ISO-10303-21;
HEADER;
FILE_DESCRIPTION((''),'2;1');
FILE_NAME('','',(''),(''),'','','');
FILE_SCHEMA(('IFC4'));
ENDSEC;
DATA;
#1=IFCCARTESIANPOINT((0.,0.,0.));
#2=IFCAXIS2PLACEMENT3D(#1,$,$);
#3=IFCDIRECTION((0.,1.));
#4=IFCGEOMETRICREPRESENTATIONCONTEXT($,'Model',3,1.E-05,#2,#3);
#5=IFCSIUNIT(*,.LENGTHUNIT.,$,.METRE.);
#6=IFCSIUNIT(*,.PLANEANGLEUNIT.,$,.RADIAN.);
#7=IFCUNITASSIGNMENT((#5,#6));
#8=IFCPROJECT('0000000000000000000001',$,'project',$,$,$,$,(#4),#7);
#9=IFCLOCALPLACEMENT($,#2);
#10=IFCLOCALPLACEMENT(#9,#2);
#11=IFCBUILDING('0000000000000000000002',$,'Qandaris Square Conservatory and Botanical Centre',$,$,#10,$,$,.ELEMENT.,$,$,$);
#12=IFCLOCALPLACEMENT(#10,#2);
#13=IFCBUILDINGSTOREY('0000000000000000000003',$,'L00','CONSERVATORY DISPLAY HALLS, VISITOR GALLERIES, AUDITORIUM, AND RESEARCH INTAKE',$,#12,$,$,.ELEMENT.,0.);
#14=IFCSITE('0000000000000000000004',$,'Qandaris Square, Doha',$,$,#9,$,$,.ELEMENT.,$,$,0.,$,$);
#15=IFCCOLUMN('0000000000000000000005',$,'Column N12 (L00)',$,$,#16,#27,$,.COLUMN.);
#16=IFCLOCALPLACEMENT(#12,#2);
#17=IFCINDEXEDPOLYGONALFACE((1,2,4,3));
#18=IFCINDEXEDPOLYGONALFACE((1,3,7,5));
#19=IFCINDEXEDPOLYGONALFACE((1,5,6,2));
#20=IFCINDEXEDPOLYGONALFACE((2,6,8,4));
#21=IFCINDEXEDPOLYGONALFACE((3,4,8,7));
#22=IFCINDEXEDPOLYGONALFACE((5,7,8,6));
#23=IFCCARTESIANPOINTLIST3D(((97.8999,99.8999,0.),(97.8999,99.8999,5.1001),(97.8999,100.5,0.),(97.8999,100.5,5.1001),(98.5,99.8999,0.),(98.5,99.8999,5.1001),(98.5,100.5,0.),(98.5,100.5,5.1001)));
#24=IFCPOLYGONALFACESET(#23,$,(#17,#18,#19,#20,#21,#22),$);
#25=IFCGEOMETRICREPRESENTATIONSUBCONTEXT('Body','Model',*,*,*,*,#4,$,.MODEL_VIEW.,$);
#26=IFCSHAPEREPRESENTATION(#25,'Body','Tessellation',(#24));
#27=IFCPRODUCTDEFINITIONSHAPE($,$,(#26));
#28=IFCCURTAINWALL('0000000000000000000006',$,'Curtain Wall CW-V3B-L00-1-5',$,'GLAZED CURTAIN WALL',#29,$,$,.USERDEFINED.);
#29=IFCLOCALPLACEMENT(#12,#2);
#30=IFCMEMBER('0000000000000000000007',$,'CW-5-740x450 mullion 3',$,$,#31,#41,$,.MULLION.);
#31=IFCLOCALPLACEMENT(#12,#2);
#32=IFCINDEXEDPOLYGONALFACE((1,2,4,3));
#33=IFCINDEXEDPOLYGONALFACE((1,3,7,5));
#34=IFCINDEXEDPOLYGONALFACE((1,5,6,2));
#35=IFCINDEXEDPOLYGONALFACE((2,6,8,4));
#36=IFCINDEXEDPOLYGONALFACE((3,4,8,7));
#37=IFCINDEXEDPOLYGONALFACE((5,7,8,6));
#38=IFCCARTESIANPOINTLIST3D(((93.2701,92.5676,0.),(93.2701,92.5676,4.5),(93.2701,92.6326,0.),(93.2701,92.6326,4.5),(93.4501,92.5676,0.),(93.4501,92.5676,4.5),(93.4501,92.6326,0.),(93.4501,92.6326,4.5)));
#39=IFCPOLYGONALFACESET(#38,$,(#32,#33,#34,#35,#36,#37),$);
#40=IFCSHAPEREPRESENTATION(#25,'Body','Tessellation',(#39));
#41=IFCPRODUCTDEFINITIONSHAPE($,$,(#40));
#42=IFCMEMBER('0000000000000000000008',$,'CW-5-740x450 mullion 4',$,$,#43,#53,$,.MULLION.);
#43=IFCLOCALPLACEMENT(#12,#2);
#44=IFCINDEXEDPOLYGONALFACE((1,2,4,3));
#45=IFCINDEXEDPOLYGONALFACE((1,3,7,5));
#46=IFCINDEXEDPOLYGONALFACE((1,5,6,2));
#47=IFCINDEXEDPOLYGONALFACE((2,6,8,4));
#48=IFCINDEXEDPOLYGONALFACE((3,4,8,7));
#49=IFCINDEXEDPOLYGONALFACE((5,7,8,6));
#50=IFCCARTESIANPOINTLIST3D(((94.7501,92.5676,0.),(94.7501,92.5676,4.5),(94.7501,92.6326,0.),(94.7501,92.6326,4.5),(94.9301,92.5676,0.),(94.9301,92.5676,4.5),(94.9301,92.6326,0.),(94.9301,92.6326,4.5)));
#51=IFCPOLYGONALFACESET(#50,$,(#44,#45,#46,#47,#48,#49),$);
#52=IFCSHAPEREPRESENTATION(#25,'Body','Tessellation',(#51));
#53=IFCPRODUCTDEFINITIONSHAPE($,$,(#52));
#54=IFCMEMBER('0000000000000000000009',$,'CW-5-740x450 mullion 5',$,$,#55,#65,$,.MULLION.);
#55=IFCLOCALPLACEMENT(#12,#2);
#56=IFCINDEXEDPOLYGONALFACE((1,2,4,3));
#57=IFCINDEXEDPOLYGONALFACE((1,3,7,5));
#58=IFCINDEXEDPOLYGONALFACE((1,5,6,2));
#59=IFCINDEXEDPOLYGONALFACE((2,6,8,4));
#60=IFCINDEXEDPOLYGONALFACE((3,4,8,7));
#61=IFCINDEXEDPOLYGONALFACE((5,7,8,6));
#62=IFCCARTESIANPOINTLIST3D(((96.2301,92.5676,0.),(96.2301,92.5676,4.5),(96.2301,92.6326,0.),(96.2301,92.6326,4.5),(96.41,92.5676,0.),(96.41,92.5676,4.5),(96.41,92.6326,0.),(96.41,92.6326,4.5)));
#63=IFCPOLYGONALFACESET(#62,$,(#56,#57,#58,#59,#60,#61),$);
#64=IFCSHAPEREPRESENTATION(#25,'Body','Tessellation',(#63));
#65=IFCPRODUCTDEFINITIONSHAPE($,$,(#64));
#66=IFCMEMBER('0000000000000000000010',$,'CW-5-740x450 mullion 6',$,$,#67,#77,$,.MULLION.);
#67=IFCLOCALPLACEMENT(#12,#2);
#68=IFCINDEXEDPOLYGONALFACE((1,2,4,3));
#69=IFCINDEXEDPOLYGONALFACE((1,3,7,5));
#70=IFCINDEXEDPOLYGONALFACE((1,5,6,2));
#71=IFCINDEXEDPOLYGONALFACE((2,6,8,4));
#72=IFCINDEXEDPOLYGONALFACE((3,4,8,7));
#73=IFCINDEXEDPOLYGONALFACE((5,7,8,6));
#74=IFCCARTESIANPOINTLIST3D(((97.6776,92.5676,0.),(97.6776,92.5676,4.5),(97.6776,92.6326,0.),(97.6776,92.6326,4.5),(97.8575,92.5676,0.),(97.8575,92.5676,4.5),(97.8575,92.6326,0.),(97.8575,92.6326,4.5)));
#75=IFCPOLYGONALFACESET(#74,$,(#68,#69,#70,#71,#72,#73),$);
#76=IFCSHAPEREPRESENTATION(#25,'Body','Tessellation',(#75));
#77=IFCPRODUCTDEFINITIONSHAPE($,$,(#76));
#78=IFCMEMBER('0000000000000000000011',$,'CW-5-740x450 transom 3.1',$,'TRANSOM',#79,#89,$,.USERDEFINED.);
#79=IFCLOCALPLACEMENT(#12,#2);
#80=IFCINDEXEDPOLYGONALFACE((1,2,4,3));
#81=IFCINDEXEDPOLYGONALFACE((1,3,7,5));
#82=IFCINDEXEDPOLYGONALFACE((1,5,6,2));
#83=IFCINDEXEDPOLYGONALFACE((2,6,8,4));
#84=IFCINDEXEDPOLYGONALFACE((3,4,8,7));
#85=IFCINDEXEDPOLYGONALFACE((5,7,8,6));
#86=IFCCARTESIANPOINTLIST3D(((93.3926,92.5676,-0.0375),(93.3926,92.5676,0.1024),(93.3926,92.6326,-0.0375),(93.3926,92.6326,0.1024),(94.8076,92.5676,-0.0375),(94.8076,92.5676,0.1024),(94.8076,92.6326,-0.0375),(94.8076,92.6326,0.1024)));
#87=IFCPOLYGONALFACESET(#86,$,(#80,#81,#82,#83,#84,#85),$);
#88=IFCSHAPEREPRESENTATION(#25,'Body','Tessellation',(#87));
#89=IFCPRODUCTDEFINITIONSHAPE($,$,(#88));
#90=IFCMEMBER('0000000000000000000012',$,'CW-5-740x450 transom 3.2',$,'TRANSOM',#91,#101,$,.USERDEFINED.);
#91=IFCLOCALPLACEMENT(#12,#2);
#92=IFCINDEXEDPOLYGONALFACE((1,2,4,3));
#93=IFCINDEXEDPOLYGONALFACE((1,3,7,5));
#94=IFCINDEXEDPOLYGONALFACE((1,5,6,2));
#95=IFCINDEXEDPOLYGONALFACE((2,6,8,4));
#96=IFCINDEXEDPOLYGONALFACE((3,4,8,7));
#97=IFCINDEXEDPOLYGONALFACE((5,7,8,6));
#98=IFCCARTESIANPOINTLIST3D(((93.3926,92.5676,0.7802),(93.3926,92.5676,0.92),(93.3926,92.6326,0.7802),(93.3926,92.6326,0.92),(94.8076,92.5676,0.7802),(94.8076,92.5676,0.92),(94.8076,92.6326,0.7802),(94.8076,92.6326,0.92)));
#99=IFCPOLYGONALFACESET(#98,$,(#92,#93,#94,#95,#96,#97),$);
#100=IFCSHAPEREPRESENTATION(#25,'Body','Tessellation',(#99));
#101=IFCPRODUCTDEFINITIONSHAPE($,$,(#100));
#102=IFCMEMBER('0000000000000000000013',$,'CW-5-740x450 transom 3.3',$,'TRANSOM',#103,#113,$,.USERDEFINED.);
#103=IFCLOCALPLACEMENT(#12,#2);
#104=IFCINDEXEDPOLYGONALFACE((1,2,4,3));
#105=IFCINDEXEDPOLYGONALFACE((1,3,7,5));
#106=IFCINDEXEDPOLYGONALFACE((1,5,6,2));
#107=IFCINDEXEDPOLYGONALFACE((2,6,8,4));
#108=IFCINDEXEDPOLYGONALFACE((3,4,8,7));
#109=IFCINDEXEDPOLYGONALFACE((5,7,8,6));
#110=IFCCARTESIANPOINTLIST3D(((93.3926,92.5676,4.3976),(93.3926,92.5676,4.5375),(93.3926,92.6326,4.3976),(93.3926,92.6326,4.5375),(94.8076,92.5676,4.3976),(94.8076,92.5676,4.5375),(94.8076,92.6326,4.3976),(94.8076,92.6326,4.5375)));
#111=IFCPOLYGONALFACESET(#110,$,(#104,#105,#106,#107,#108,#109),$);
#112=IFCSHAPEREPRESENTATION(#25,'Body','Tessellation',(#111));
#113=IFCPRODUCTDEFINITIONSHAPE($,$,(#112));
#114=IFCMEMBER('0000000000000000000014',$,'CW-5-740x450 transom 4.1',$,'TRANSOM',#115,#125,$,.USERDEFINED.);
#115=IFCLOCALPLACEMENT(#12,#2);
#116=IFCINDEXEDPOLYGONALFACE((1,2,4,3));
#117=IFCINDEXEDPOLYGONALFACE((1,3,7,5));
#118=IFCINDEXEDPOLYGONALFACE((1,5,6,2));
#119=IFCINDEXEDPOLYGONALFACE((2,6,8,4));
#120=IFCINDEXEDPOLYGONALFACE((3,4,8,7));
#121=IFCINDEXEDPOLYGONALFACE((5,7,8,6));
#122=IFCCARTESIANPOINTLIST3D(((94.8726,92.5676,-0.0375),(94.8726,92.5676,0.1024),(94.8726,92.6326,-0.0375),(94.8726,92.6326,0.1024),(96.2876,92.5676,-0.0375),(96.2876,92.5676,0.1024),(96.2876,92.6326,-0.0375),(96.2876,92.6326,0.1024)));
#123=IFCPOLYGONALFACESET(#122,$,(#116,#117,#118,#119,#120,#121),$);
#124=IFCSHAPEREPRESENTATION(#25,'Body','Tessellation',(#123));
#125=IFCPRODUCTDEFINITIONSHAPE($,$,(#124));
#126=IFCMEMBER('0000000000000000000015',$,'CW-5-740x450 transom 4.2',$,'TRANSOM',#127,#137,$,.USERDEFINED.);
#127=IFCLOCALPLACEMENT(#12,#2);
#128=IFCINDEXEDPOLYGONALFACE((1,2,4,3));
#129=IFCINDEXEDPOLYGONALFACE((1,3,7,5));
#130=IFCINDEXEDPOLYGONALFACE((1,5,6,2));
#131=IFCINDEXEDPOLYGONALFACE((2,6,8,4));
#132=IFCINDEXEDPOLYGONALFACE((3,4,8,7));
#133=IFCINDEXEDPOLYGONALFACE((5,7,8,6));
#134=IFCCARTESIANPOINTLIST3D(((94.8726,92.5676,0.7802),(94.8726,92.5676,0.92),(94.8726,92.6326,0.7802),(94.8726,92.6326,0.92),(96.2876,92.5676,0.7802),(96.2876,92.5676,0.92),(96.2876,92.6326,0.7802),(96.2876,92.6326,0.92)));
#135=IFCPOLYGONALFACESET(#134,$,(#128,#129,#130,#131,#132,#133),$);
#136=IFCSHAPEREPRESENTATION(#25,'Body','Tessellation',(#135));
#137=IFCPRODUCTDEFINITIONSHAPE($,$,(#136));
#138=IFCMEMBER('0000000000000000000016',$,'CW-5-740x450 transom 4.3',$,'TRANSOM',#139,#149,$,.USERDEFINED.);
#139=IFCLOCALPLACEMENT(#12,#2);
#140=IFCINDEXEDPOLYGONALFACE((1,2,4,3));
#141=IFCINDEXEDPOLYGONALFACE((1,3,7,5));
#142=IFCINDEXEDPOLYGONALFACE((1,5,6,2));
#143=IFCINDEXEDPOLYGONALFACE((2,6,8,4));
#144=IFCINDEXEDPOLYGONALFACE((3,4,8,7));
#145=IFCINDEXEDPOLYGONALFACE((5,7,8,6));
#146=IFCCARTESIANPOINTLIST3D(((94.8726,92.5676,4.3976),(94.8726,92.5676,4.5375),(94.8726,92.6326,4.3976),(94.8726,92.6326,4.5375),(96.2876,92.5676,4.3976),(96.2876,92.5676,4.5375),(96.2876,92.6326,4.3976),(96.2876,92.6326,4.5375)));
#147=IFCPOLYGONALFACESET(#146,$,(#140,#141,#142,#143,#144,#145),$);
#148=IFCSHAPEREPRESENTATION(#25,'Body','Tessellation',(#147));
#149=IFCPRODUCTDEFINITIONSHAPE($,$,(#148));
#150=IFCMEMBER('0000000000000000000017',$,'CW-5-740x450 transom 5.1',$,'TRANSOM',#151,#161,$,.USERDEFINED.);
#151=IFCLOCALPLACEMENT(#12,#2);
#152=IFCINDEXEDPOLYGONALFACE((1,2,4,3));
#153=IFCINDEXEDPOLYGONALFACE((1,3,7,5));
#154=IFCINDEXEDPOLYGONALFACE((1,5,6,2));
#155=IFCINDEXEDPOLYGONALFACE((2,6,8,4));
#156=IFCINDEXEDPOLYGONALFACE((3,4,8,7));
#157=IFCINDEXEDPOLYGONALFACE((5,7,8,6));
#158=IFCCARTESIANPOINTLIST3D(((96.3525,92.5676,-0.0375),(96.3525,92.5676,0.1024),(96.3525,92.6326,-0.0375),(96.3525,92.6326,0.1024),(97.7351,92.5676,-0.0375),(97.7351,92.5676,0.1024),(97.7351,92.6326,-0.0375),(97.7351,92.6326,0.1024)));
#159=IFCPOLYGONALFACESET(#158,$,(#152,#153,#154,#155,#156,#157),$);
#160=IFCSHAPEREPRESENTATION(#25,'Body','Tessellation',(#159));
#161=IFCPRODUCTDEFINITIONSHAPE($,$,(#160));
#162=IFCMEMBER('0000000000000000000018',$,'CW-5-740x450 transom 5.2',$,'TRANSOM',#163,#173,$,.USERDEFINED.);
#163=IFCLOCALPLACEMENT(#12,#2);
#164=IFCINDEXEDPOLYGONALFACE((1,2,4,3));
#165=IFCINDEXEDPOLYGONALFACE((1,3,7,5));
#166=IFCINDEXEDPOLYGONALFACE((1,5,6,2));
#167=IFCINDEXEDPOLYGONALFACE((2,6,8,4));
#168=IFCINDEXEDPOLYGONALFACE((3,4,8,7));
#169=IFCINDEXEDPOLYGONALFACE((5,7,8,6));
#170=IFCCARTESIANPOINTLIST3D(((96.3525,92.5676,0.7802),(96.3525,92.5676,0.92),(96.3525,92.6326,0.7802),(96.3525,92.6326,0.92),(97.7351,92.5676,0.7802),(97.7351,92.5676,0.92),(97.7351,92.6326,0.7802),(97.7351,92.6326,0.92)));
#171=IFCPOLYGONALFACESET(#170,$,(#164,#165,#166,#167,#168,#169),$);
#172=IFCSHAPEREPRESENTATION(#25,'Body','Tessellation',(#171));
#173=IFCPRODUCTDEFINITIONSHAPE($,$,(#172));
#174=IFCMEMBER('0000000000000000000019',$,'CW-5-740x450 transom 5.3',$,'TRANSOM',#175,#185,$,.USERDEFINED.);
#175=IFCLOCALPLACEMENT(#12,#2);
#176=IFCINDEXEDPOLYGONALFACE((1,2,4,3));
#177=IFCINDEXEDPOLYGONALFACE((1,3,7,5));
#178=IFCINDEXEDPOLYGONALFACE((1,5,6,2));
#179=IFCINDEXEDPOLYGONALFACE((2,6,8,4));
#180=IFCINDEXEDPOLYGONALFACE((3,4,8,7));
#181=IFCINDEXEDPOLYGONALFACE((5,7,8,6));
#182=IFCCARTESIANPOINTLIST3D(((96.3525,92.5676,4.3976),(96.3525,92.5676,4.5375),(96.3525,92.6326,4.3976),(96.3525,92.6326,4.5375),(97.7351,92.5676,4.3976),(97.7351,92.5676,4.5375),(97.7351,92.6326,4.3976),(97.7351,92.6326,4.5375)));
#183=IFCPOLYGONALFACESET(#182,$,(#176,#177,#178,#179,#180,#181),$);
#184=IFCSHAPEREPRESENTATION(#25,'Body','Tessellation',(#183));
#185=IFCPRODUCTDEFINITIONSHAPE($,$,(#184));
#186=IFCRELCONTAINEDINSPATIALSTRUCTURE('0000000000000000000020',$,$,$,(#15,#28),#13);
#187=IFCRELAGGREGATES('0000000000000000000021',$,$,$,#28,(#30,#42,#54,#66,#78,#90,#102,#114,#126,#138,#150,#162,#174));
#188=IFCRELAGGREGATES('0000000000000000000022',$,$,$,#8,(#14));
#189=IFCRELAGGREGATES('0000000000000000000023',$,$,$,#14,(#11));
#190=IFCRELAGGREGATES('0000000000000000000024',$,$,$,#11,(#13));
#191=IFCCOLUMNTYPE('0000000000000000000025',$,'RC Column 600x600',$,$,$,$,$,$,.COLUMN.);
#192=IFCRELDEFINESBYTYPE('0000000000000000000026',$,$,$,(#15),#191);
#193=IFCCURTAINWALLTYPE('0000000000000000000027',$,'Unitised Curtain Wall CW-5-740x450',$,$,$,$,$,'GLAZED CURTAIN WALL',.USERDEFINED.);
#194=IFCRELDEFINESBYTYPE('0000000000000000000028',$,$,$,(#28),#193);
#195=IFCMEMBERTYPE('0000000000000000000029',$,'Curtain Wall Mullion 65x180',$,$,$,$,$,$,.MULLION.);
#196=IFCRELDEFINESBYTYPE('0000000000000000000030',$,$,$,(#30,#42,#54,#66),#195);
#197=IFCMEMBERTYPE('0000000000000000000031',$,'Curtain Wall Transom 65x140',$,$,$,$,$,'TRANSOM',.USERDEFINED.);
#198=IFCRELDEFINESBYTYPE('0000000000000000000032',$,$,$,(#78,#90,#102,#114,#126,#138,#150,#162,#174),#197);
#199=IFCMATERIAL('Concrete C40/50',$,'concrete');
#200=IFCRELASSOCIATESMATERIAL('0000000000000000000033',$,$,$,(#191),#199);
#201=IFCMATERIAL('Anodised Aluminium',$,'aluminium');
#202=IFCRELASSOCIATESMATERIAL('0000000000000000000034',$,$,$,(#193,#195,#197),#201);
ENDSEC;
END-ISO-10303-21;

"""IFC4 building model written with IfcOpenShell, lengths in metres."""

from ifc_helpers import new_model, si_unit, direction, frame, origin, origin_2d, place, context, subcontext, project, spatial, rectangle, extrude, material, material_profile, profile_set, type_object, element, aggregate, save


model = new_model("IFC4")

# Units and contexts
model_context = context("Model", 3, precision=1e-05, world=origin(), true_north=direction((0.0, 1.0)))
body_context = subcontext(model_context, "Body", "Model", "MODEL_VIEW")
ifc_project = project(units=[si_unit("LENGTHUNIT", "METRE"), si_unit("PLANEANGLEUNIT", "RADIAN")], contexts=[model_context])

# Site, building, storey
site_placement = place(None, origin())
site = spatial("IfcSite", under=ifc_project, at=site_placement, Name="Qandaris Square, Doha", CompositionType="ELEMENT", RefElevation=0.0)
building_placement = place(site_placement, origin())
building = spatial("IfcBuilding", under=site, at=building_placement, Name="Qandaris Square Conservatory and Botanical Centre", CompositionType="ELEMENT")
storey_placement = place(building_placement, origin())
storey = spatial("IfcBuildingStorey", under=building, at=storey_placement, Name="L00", Description="CONSERVATORY DISPLAY HALLS, VISITOR GALLERIES, AUDITORIUM, AND RESEARCH INTAKE", CompositionType="ELEMENT", Elevation=0.0)

# Shared definitions
ifc_material_1 = material(Name="Concrete C40/50", Category="concrete")

# Column
ifc_material_profile_1 = material_profile(ifc_material_1, rectangle(XDim=0.6001, YDim=0.6001, at=origin_2d()), Name="RC-COL 600x600")
ifc_profile_set_1 = profile_set([ifc_material_profile_1], Name="Concrete C40/50")
column_type = type_object("IfcColumnType", Name="RC Column 600x600", PredefinedType="COLUMN", material=ifc_profile_set_1)
for number, where, z_axis, x_axis, name in (
    (1, (98.2, 100.2, 0.0), (0.0, 0.0, 1.0), (1.0, 0.0, 0.0), "Column N12 (L00)"),
):
    element("IfcColumn", number, at=place(storey_placement, frame(where, z_axis=z_axis, x_axis=x_axis)), inside=storey, type_object=column_type, Name=name, PredefinedType="COLUMN", context=body_context, shape_type="SweptSolid", body=[
        extrude(rectangle(XDim=0.6001, YDim=0.6001, at=origin_2d()), origin(), (0.0, 0.0, 1.0), 5.1001),
    ])

# Curtain wall, members
ifc_material_2 = material(Name="Anodised Aluminium", Category="aluminium")
curtain_wall_type = type_object("IfcCurtainWallType", Name="Unitised Curtain Wall CW-5-740x450", ElementType="GLAZED CURTAIN WALL", PredefinedType="USERDEFINED", material=ifc_material_2)
curtain_wall_placement = place(storey_placement, origin())
curtain_wall = element("IfcCurtainWall", 2, at=curtain_wall_placement, inside=storey, type_object=curtain_wall_type, Name="Curtain Wall CW-V3B-L00-1-5", ObjectType="GLAZED CURTAIN WALL", PredefinedType="USERDEFINED")
ifc_material_profile_2 = material_profile(ifc_material_2, rectangle(XDim=0.0649, YDim=0.1799, at=origin_2d()), Name="ALU-MUL 65x180")
ifc_profile_set_2 = profile_set([ifc_material_profile_2], Name="Anodised Aluminium")
member_type_1 = type_object("IfcMemberType", Name="Curtain Wall Mullion 65x180", PredefinedType="MULLION", material=ifc_profile_set_2)
member_1_placement = place(storey_placement, frame((93.3601, 92.6001, 0.0), z_axis=(0.0, 0.0, 1.0), x_axis=(0.0, 1.0, 0.0)))
member_1 = element("IfcMember", 3, at=member_1_placement, type_object=member_type_1, Name="CW-5-740x450 mullion 3", PredefinedType="MULLION", context=body_context, shape_type="SweptSolid", body=[
    extrude(rectangle(XDim=0.0649, YDim=0.1799, at=origin_2d()), origin(), (0.0, 0.0, 1.0), 4.5),
])
member_2_placement = place(storey_placement, frame((94.8401, 92.6001, 0.0), z_axis=(0.0, 0.0, 1.0), x_axis=(0.0, 1.0, 0.0)))
member_2 = element("IfcMember", 4, at=member_2_placement, type_object=member_type_1, Name="CW-5-740x450 mullion 4", PredefinedType="MULLION", context=body_context, shape_type="SweptSolid", body=[
    extrude(rectangle(XDim=0.0649, YDim=0.1799, at=origin_2d()), origin(), (0.0, 0.0, 1.0), 4.5),
])
member_3_placement = place(storey_placement, frame((96.3201, 92.6001, 0.0), z_axis=(0.0, 0.0, 1.0), x_axis=(0.0, 1.0, 0.0)))
member_3 = element("IfcMember", 5, at=member_3_placement, type_object=member_type_1, Name="CW-5-740x450 mullion 5", PredefinedType="MULLION", context=body_context, shape_type="SweptSolid", body=[
    extrude(rectangle(XDim=0.0649, YDim=0.1799, at=origin_2d()), origin(), (0.0, 0.0, 1.0), 4.5),
])
member_4_placement = place(storey_placement, frame((97.7676, 92.6001, 0.0), z_axis=(0.0, 0.0, 1.0), x_axis=(0.0, 1.0, 0.0)))
member_4 = element("IfcMember", 6, at=member_4_placement, type_object=member_type_1, Name="CW-5-740x450 mullion 6", PredefinedType="MULLION", context=body_context, shape_type="SweptSolid", body=[
    extrude(rectangle(XDim=0.0649, YDim=0.1799, at=origin_2d()), origin(), (0.0, 0.0, 1.0), 4.5),
])
ifc_material_profile_3 = material_profile(ifc_material_2, rectangle(XDim=0.0649, YDim=0.1399, at=origin_2d()), Name="ALU-TRN 65x140")
ifc_profile_set_3 = profile_set([ifc_material_profile_3], Name="Anodised Aluminium")
member_type_2 = type_object("IfcMemberType", Name="Curtain Wall Transom 65x140", ElementType="TRANSOM", PredefinedType="USERDEFINED", material=ifc_profile_set_3)
member_5_placement = place(storey_placement, frame((93.3926, 92.6001, 0.0325), z_axis=(1.0, 0.0, 0.0), x_axis=(0.0, 1.0, 0.0)))
member_5 = element("IfcMember", 7, at=member_5_placement, type_object=member_type_2, Name="CW-5-740x450 transom 3.1", ObjectType="TRANSOM", PredefinedType="USERDEFINED", context=body_context, shape_type="SweptSolid", body=[
    extrude(rectangle(XDim=0.0649, YDim=0.1399, at=origin_2d()), origin(), (0.0, 0.0, 1.0), 1.415),
])
member_6_placement = place(storey_placement, frame((93.3926, 92.6001, 0.8501), z_axis=(1.0, 0.0, 0.0), x_axis=(0.0, 1.0, 0.0)))
member_6 = element("IfcMember", 8, at=member_6_placement, type_object=member_type_2, Name="CW-5-740x450 transom 3.2", ObjectType="TRANSOM", PredefinedType="USERDEFINED", context=body_context, shape_type="SweptSolid", body=[
    extrude(rectangle(XDim=0.0649, YDim=0.1399, at=origin_2d()), origin(), (0.0, 0.0, 1.0), 1.415),
])
member_7_placement = place(storey_placement, frame((93.3926, 92.6001, 4.4675), z_axis=(1.0, 0.0, 0.0), x_axis=(0.0, 1.0, 0.0)))
member_7 = element("IfcMember", 9, at=member_7_placement, type_object=member_type_2, Name="CW-5-740x450 transom 3.3", ObjectType="TRANSOM", PredefinedType="USERDEFINED", context=body_context, shape_type="SweptSolid", body=[
    extrude(rectangle(XDim=0.0649, YDim=0.1399, at=origin_2d()), origin(), (0.0, 0.0, 1.0), 1.415),
])
member_8_placement = place(storey_placement, frame((94.8726, 92.6001, 0.0325), z_axis=(1.0, 0.0, 0.0), x_axis=(0.0, 1.0, 0.0)))
member_8 = element("IfcMember", 10, at=member_8_placement, type_object=member_type_2, Name="CW-5-740x450 transom 4.1", ObjectType="TRANSOM", PredefinedType="USERDEFINED", context=body_context, shape_type="SweptSolid", body=[
    extrude(rectangle(XDim=0.0649, YDim=0.1399, at=origin_2d()), origin(), (0.0, 0.0, 1.0), 1.415),
])
member_9_placement = place(storey_placement, frame((94.8726, 92.6001, 0.8501), z_axis=(1.0, 0.0, 0.0), x_axis=(0.0, 1.0, 0.0)))
member_9 = element("IfcMember", 11, at=member_9_placement, type_object=member_type_2, Name="CW-5-740x450 transom 4.2", ObjectType="TRANSOM", PredefinedType="USERDEFINED", context=body_context, shape_type="SweptSolid", body=[
    extrude(rectangle(XDim=0.0649, YDim=0.1399, at=origin_2d()), origin(), (0.0, 0.0, 1.0), 1.415),
])
member_10_placement = place(storey_placement, frame((94.8726, 92.6001, 4.4675), z_axis=(1.0, 0.0, 0.0), x_axis=(0.0, 1.0, 0.0)))
member_10 = element("IfcMember", 12, at=member_10_placement, type_object=member_type_2, Name="CW-5-740x450 transom 4.3", ObjectType="TRANSOM", PredefinedType="USERDEFINED", context=body_context, shape_type="SweptSolid", body=[
    extrude(rectangle(XDim=0.0649, YDim=0.1399, at=origin_2d()), origin(), (0.0, 0.0, 1.0), 1.415),
])
member_11_placement = place(storey_placement, frame((96.3525, 92.6001, 0.0325), z_axis=(1.0, 0.0, 0.0), x_axis=(0.0, 1.0, 0.0)))
member_11 = element("IfcMember", 13, at=member_11_placement, type_object=member_type_2, Name="CW-5-740x450 transom 5.1", ObjectType="TRANSOM", PredefinedType="USERDEFINED", context=body_context, shape_type="SweptSolid", body=[
    extrude(rectangle(XDim=0.0649, YDim=0.1399, at=origin_2d()), origin(), (0.0, 0.0, 1.0), 1.3826),
])
member_12_placement = place(storey_placement, frame((96.3525, 92.6001, 0.8501), z_axis=(1.0, 0.0, 0.0), x_axis=(0.0, 1.0, 0.0)))
member_12 = element("IfcMember", 14, at=member_12_placement, type_object=member_type_2, Name="CW-5-740x450 transom 5.2", ObjectType="TRANSOM", PredefinedType="USERDEFINED", context=body_context, shape_type="SweptSolid", body=[
    extrude(rectangle(XDim=0.0649, YDim=0.1399, at=origin_2d()), origin(), (0.0, 0.0, 1.0), 1.3826),
])
member_13_placement = place(storey_placement, frame((96.3525, 92.6001, 4.4675), z_axis=(1.0, 0.0, 0.0), x_axis=(0.0, 1.0, 0.0)))
member_13 = element("IfcMember", 15, at=member_13_placement, type_object=member_type_2, Name="CW-5-740x450 transom 5.3", ObjectType="TRANSOM", PredefinedType="USERDEFINED", context=body_context, shape_type="SweptSolid", body=[
    extrude(rectangle(XDim=0.0649, YDim=0.1399, at=origin_2d()), origin(), (0.0, 0.0, 1.0), 1.3826),
])

aggregate(curtain_wall, [member_1, member_2, member_3, member_4, member_5, member_6, member_7, member_8, member_9, member_10, member_11, member_12, member_13])

save(model, "model.ifc")
